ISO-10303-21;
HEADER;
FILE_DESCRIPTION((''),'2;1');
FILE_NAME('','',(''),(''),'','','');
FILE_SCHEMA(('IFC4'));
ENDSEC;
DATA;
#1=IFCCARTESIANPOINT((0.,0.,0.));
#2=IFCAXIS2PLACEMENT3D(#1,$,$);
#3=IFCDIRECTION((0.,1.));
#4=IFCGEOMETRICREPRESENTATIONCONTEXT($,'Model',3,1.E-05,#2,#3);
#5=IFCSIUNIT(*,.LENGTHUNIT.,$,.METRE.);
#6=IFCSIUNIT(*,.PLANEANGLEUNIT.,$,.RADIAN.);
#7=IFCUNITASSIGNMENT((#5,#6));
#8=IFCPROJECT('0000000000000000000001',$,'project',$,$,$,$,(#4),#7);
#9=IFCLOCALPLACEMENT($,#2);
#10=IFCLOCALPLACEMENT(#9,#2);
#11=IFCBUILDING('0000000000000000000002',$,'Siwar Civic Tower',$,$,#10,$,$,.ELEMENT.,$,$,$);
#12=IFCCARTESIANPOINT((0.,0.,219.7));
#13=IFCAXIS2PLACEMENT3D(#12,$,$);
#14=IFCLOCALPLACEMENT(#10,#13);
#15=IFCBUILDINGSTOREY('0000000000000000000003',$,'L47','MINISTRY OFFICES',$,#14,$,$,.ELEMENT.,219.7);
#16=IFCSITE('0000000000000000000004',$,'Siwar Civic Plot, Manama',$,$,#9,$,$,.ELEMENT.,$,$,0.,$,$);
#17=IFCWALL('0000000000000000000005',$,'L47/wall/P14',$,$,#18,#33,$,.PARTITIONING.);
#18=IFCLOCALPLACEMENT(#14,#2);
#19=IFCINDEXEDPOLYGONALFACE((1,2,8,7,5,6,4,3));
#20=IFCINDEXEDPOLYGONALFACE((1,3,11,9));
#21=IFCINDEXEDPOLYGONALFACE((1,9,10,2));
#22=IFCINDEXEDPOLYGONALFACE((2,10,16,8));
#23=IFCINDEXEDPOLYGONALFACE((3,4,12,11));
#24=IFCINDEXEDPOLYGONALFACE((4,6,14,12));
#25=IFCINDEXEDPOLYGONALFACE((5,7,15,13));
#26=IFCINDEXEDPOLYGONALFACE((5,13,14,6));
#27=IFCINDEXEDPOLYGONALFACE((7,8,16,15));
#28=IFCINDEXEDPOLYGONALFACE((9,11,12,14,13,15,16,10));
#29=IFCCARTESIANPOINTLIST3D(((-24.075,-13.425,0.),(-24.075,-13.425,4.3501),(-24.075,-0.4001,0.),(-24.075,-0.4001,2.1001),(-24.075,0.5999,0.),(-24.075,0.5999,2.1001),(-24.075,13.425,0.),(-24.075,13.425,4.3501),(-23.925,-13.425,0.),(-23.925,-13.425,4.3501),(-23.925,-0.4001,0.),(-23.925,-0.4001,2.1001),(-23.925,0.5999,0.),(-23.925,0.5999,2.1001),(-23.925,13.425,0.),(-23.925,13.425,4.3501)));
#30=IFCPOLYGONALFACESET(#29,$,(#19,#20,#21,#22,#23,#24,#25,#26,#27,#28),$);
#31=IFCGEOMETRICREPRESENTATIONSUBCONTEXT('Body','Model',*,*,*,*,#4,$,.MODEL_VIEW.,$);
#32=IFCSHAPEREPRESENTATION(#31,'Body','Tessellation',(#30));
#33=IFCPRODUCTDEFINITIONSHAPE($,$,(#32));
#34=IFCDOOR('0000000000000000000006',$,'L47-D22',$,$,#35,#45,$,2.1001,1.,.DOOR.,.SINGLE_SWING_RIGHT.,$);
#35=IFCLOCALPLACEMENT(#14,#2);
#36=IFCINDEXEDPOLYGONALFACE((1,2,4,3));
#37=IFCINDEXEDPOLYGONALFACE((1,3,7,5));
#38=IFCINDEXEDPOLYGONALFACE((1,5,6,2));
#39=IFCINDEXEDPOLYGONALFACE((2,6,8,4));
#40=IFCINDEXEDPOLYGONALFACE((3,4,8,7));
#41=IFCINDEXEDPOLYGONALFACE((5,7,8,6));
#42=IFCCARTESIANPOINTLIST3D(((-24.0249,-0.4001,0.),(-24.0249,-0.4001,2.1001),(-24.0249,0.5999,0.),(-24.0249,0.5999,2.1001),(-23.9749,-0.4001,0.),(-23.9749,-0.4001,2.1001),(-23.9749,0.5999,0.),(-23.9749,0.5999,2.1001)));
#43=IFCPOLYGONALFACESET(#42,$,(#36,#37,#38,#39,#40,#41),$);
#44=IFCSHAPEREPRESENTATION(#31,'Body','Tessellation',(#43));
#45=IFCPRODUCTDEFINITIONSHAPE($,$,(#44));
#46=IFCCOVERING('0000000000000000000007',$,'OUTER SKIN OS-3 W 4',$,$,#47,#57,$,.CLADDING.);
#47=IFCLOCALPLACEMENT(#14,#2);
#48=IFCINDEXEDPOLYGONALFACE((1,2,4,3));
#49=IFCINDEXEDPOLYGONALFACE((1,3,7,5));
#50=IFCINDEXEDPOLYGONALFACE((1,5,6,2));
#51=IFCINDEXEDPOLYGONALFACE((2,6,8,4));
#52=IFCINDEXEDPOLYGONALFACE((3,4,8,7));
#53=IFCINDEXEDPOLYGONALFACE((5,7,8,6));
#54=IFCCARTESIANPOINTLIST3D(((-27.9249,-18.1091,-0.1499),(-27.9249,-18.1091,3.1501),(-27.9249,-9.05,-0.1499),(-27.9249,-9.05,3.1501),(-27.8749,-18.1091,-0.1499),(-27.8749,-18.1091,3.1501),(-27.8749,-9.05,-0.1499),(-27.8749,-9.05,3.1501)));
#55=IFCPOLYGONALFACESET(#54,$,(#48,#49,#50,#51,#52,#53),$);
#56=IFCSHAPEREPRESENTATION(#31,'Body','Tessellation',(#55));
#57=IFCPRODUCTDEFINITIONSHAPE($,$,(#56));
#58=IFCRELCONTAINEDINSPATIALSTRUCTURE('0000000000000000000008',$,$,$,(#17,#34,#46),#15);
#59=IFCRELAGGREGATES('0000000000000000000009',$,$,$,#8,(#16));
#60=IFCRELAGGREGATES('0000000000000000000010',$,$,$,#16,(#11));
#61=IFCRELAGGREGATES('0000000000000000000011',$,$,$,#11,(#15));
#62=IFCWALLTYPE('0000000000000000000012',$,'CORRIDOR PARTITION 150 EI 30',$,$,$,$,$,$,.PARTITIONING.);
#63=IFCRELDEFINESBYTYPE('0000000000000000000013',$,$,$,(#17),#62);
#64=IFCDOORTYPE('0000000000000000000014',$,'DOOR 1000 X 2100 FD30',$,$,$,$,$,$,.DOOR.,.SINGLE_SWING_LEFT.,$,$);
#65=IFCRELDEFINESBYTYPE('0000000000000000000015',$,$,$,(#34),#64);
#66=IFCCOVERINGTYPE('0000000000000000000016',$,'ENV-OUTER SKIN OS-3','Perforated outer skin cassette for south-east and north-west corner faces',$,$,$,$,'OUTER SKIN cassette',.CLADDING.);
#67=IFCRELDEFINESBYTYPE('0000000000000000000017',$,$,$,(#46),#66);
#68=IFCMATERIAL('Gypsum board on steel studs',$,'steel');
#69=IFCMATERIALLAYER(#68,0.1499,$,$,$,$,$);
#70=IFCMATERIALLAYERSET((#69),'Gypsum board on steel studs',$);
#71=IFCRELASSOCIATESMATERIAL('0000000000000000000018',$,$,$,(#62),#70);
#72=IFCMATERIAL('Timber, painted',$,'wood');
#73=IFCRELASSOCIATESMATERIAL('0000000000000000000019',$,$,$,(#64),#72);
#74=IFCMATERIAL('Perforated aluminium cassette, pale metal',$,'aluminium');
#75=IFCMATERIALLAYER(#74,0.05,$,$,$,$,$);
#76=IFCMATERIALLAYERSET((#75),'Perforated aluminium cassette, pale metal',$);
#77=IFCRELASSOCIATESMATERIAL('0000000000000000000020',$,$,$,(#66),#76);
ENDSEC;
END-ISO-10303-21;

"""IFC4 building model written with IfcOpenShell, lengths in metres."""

from ifc_helpers import new_model, si_unit, direction, frame, frame_2d, origin, origin_2d, place, context, subcontext, project, spatial, rectangle, extrude, material, layer, layer_set, type_object, element, fill, save


model = new_model("IFC4")

# Units and contexts
model_context = context("Model", 3, precision=1e-05, world=origin(), true_north=direction((0.0, 1.0)))
body_context = subcontext(model_context, "Body", "Model", "MODEL_VIEW")
ifc_project = project(units=[si_unit("LENGTHUNIT", "METRE"), si_unit("PLANEANGLEUNIT", "RADIAN")], contexts=[model_context])

# Site, building, storey
site_placement = place(None, origin())
site = spatial("IfcSite", under=ifc_project, at=site_placement, Name="Siwar Civic Plot, Manama", CompositionType="ELEMENT", RefElevation=0.0)
building_placement = place(site_placement, origin())
building = spatial("IfcBuilding", under=site, at=building_placement, Name="Siwar Civic Tower", CompositionType="ELEMENT")
storey_placement = place(building_placement, frame((0.0, 0.0, 219.7)))
storey = spatial("IfcBuildingStorey", under=building, at=storey_placement, Name="L47", Description="MINISTRY OFFICES", CompositionType="ELEMENT", Elevation=219.7)

# Shared definitions
ifc_material_1 = material(Name="Gypsum board on steel studs", Category="steel")
ifc_layer_1 = layer(ifc_material_1, 0.1499)
ifc_layer_set_1 = layer_set([ifc_layer_1], Name="Gypsum board on steel studs")
wall_type_1 = type_object("IfcWallType", Name="CORRIDOR PARTITION 150 EI 30", PredefinedType="PARTITIONING", material=ifc_layer_set_1)
ifc_material_2 = material(Name="Timber, painted", Category="wood")
door_type_1 = type_object("IfcDoorType", Name="DOOR 1000 X 2100 FD30", OperationType="SINGLE_SWING_LEFT", PredefinedType="DOOR", material=ifc_material_2)

# Wall, opening, door
wall_1_placement = place(storey_placement, frame((-24.0, -13.425, 0.0), z_axis=(0.0, 0.0, 1.0), x_axis=(0.0, 1.0, 0.0)))
wall_1 = element("IfcWall", 1, at=wall_1_placement, inside=storey, type_object=wall_type_1, Name="L47/wall/P14", PredefinedType="PARTITIONING", context=body_context, shape_type="SweptSolid", body=[
    extrude(rectangle(XDim=26.8501, YDim=0.1499, at=frame_2d((13.425, 0.0))), origin(), (0.0, 0.0, 1.0), 4.3501),
])
opening_1_placement = place(wall_1_placement, frame((13.0249, 0.0, 0.0)))
opening_1 = element("IfcOpeningElement", 2, at=opening_1_placement, cuts=wall_1, PredefinedType="OPENING", context=body_context, shape_type="SweptSolid", body=[
    extrude(rectangle(XDim=1.0, YDim=2.1001, at=frame_2d((0.5, 1.05))), frame((0.0, 0.085, 0.0), z_axis=(0.0, -1.0, 0.0), x_axis=(1.0, 0.0, 0.0)), (0.0, 0.0, 1.0), 0.1699),
])
door_1_placement = place(opening_1_placement, origin())
door_1 = element("IfcDoor", 3, at=door_1_placement, inside=storey, type_object=door_type_1, Name="L47-D22", OperationType="SINGLE_SWING_RIGHT", OverallHeight=2.1001, OverallWidth=1.0, PredefinedType="DOOR", context=body_context, shape_type="SweptSolid", body=[
    extrude(rectangle(XDim=1.0, YDim=2.1001, at=frame_2d((0.5, 1.05))), frame((0.0, 0.0249, 0.0), z_axis=(0.0, -1.0, 0.0), x_axis=(1.0, 0.0, 0.0)), (0.0, 0.0, 1.0), 0.05),
])
fill(opening_1, door_1)

# Covering
ifc_material_3 = material(Name="Perforated aluminium cassette, pale metal", Category="aluminium")
ifc_layer_2 = layer(ifc_material_3, 0.05)
ifc_layer_set_2 = layer_set([ifc_layer_2], Name="Perforated aluminium cassette, pale metal")
covering_type = type_object("IfcCoveringType", Name="ENV-OUTER SKIN OS-3", Description="Perforated outer skin cassette for south-east and north-west corner faces", ElementType="OUTER SKIN cassette", PredefinedType="CLADDING", material=ifc_layer_set_2)
covering_placement = place(storey_placement, frame((-27.8999, -13.5796, -0.1499), z_axis=(0.0, 0.0, 1.0), x_axis=(0.0, -1.0, 0.0)))
element("IfcCovering", 4, at=covering_placement, inside=storey, type_object=covering_type, Name="OUTER SKIN OS-3 W 4", PredefinedType="CLADDING", context=body_context, shape_type="SweptSolid", body=[
    extrude(rectangle(XDim=9.0591, YDim=0.05, at=origin_2d()), origin(), (0.0, 0.0, 1.0), 3.3),
])

save(model, "model.ifc")
